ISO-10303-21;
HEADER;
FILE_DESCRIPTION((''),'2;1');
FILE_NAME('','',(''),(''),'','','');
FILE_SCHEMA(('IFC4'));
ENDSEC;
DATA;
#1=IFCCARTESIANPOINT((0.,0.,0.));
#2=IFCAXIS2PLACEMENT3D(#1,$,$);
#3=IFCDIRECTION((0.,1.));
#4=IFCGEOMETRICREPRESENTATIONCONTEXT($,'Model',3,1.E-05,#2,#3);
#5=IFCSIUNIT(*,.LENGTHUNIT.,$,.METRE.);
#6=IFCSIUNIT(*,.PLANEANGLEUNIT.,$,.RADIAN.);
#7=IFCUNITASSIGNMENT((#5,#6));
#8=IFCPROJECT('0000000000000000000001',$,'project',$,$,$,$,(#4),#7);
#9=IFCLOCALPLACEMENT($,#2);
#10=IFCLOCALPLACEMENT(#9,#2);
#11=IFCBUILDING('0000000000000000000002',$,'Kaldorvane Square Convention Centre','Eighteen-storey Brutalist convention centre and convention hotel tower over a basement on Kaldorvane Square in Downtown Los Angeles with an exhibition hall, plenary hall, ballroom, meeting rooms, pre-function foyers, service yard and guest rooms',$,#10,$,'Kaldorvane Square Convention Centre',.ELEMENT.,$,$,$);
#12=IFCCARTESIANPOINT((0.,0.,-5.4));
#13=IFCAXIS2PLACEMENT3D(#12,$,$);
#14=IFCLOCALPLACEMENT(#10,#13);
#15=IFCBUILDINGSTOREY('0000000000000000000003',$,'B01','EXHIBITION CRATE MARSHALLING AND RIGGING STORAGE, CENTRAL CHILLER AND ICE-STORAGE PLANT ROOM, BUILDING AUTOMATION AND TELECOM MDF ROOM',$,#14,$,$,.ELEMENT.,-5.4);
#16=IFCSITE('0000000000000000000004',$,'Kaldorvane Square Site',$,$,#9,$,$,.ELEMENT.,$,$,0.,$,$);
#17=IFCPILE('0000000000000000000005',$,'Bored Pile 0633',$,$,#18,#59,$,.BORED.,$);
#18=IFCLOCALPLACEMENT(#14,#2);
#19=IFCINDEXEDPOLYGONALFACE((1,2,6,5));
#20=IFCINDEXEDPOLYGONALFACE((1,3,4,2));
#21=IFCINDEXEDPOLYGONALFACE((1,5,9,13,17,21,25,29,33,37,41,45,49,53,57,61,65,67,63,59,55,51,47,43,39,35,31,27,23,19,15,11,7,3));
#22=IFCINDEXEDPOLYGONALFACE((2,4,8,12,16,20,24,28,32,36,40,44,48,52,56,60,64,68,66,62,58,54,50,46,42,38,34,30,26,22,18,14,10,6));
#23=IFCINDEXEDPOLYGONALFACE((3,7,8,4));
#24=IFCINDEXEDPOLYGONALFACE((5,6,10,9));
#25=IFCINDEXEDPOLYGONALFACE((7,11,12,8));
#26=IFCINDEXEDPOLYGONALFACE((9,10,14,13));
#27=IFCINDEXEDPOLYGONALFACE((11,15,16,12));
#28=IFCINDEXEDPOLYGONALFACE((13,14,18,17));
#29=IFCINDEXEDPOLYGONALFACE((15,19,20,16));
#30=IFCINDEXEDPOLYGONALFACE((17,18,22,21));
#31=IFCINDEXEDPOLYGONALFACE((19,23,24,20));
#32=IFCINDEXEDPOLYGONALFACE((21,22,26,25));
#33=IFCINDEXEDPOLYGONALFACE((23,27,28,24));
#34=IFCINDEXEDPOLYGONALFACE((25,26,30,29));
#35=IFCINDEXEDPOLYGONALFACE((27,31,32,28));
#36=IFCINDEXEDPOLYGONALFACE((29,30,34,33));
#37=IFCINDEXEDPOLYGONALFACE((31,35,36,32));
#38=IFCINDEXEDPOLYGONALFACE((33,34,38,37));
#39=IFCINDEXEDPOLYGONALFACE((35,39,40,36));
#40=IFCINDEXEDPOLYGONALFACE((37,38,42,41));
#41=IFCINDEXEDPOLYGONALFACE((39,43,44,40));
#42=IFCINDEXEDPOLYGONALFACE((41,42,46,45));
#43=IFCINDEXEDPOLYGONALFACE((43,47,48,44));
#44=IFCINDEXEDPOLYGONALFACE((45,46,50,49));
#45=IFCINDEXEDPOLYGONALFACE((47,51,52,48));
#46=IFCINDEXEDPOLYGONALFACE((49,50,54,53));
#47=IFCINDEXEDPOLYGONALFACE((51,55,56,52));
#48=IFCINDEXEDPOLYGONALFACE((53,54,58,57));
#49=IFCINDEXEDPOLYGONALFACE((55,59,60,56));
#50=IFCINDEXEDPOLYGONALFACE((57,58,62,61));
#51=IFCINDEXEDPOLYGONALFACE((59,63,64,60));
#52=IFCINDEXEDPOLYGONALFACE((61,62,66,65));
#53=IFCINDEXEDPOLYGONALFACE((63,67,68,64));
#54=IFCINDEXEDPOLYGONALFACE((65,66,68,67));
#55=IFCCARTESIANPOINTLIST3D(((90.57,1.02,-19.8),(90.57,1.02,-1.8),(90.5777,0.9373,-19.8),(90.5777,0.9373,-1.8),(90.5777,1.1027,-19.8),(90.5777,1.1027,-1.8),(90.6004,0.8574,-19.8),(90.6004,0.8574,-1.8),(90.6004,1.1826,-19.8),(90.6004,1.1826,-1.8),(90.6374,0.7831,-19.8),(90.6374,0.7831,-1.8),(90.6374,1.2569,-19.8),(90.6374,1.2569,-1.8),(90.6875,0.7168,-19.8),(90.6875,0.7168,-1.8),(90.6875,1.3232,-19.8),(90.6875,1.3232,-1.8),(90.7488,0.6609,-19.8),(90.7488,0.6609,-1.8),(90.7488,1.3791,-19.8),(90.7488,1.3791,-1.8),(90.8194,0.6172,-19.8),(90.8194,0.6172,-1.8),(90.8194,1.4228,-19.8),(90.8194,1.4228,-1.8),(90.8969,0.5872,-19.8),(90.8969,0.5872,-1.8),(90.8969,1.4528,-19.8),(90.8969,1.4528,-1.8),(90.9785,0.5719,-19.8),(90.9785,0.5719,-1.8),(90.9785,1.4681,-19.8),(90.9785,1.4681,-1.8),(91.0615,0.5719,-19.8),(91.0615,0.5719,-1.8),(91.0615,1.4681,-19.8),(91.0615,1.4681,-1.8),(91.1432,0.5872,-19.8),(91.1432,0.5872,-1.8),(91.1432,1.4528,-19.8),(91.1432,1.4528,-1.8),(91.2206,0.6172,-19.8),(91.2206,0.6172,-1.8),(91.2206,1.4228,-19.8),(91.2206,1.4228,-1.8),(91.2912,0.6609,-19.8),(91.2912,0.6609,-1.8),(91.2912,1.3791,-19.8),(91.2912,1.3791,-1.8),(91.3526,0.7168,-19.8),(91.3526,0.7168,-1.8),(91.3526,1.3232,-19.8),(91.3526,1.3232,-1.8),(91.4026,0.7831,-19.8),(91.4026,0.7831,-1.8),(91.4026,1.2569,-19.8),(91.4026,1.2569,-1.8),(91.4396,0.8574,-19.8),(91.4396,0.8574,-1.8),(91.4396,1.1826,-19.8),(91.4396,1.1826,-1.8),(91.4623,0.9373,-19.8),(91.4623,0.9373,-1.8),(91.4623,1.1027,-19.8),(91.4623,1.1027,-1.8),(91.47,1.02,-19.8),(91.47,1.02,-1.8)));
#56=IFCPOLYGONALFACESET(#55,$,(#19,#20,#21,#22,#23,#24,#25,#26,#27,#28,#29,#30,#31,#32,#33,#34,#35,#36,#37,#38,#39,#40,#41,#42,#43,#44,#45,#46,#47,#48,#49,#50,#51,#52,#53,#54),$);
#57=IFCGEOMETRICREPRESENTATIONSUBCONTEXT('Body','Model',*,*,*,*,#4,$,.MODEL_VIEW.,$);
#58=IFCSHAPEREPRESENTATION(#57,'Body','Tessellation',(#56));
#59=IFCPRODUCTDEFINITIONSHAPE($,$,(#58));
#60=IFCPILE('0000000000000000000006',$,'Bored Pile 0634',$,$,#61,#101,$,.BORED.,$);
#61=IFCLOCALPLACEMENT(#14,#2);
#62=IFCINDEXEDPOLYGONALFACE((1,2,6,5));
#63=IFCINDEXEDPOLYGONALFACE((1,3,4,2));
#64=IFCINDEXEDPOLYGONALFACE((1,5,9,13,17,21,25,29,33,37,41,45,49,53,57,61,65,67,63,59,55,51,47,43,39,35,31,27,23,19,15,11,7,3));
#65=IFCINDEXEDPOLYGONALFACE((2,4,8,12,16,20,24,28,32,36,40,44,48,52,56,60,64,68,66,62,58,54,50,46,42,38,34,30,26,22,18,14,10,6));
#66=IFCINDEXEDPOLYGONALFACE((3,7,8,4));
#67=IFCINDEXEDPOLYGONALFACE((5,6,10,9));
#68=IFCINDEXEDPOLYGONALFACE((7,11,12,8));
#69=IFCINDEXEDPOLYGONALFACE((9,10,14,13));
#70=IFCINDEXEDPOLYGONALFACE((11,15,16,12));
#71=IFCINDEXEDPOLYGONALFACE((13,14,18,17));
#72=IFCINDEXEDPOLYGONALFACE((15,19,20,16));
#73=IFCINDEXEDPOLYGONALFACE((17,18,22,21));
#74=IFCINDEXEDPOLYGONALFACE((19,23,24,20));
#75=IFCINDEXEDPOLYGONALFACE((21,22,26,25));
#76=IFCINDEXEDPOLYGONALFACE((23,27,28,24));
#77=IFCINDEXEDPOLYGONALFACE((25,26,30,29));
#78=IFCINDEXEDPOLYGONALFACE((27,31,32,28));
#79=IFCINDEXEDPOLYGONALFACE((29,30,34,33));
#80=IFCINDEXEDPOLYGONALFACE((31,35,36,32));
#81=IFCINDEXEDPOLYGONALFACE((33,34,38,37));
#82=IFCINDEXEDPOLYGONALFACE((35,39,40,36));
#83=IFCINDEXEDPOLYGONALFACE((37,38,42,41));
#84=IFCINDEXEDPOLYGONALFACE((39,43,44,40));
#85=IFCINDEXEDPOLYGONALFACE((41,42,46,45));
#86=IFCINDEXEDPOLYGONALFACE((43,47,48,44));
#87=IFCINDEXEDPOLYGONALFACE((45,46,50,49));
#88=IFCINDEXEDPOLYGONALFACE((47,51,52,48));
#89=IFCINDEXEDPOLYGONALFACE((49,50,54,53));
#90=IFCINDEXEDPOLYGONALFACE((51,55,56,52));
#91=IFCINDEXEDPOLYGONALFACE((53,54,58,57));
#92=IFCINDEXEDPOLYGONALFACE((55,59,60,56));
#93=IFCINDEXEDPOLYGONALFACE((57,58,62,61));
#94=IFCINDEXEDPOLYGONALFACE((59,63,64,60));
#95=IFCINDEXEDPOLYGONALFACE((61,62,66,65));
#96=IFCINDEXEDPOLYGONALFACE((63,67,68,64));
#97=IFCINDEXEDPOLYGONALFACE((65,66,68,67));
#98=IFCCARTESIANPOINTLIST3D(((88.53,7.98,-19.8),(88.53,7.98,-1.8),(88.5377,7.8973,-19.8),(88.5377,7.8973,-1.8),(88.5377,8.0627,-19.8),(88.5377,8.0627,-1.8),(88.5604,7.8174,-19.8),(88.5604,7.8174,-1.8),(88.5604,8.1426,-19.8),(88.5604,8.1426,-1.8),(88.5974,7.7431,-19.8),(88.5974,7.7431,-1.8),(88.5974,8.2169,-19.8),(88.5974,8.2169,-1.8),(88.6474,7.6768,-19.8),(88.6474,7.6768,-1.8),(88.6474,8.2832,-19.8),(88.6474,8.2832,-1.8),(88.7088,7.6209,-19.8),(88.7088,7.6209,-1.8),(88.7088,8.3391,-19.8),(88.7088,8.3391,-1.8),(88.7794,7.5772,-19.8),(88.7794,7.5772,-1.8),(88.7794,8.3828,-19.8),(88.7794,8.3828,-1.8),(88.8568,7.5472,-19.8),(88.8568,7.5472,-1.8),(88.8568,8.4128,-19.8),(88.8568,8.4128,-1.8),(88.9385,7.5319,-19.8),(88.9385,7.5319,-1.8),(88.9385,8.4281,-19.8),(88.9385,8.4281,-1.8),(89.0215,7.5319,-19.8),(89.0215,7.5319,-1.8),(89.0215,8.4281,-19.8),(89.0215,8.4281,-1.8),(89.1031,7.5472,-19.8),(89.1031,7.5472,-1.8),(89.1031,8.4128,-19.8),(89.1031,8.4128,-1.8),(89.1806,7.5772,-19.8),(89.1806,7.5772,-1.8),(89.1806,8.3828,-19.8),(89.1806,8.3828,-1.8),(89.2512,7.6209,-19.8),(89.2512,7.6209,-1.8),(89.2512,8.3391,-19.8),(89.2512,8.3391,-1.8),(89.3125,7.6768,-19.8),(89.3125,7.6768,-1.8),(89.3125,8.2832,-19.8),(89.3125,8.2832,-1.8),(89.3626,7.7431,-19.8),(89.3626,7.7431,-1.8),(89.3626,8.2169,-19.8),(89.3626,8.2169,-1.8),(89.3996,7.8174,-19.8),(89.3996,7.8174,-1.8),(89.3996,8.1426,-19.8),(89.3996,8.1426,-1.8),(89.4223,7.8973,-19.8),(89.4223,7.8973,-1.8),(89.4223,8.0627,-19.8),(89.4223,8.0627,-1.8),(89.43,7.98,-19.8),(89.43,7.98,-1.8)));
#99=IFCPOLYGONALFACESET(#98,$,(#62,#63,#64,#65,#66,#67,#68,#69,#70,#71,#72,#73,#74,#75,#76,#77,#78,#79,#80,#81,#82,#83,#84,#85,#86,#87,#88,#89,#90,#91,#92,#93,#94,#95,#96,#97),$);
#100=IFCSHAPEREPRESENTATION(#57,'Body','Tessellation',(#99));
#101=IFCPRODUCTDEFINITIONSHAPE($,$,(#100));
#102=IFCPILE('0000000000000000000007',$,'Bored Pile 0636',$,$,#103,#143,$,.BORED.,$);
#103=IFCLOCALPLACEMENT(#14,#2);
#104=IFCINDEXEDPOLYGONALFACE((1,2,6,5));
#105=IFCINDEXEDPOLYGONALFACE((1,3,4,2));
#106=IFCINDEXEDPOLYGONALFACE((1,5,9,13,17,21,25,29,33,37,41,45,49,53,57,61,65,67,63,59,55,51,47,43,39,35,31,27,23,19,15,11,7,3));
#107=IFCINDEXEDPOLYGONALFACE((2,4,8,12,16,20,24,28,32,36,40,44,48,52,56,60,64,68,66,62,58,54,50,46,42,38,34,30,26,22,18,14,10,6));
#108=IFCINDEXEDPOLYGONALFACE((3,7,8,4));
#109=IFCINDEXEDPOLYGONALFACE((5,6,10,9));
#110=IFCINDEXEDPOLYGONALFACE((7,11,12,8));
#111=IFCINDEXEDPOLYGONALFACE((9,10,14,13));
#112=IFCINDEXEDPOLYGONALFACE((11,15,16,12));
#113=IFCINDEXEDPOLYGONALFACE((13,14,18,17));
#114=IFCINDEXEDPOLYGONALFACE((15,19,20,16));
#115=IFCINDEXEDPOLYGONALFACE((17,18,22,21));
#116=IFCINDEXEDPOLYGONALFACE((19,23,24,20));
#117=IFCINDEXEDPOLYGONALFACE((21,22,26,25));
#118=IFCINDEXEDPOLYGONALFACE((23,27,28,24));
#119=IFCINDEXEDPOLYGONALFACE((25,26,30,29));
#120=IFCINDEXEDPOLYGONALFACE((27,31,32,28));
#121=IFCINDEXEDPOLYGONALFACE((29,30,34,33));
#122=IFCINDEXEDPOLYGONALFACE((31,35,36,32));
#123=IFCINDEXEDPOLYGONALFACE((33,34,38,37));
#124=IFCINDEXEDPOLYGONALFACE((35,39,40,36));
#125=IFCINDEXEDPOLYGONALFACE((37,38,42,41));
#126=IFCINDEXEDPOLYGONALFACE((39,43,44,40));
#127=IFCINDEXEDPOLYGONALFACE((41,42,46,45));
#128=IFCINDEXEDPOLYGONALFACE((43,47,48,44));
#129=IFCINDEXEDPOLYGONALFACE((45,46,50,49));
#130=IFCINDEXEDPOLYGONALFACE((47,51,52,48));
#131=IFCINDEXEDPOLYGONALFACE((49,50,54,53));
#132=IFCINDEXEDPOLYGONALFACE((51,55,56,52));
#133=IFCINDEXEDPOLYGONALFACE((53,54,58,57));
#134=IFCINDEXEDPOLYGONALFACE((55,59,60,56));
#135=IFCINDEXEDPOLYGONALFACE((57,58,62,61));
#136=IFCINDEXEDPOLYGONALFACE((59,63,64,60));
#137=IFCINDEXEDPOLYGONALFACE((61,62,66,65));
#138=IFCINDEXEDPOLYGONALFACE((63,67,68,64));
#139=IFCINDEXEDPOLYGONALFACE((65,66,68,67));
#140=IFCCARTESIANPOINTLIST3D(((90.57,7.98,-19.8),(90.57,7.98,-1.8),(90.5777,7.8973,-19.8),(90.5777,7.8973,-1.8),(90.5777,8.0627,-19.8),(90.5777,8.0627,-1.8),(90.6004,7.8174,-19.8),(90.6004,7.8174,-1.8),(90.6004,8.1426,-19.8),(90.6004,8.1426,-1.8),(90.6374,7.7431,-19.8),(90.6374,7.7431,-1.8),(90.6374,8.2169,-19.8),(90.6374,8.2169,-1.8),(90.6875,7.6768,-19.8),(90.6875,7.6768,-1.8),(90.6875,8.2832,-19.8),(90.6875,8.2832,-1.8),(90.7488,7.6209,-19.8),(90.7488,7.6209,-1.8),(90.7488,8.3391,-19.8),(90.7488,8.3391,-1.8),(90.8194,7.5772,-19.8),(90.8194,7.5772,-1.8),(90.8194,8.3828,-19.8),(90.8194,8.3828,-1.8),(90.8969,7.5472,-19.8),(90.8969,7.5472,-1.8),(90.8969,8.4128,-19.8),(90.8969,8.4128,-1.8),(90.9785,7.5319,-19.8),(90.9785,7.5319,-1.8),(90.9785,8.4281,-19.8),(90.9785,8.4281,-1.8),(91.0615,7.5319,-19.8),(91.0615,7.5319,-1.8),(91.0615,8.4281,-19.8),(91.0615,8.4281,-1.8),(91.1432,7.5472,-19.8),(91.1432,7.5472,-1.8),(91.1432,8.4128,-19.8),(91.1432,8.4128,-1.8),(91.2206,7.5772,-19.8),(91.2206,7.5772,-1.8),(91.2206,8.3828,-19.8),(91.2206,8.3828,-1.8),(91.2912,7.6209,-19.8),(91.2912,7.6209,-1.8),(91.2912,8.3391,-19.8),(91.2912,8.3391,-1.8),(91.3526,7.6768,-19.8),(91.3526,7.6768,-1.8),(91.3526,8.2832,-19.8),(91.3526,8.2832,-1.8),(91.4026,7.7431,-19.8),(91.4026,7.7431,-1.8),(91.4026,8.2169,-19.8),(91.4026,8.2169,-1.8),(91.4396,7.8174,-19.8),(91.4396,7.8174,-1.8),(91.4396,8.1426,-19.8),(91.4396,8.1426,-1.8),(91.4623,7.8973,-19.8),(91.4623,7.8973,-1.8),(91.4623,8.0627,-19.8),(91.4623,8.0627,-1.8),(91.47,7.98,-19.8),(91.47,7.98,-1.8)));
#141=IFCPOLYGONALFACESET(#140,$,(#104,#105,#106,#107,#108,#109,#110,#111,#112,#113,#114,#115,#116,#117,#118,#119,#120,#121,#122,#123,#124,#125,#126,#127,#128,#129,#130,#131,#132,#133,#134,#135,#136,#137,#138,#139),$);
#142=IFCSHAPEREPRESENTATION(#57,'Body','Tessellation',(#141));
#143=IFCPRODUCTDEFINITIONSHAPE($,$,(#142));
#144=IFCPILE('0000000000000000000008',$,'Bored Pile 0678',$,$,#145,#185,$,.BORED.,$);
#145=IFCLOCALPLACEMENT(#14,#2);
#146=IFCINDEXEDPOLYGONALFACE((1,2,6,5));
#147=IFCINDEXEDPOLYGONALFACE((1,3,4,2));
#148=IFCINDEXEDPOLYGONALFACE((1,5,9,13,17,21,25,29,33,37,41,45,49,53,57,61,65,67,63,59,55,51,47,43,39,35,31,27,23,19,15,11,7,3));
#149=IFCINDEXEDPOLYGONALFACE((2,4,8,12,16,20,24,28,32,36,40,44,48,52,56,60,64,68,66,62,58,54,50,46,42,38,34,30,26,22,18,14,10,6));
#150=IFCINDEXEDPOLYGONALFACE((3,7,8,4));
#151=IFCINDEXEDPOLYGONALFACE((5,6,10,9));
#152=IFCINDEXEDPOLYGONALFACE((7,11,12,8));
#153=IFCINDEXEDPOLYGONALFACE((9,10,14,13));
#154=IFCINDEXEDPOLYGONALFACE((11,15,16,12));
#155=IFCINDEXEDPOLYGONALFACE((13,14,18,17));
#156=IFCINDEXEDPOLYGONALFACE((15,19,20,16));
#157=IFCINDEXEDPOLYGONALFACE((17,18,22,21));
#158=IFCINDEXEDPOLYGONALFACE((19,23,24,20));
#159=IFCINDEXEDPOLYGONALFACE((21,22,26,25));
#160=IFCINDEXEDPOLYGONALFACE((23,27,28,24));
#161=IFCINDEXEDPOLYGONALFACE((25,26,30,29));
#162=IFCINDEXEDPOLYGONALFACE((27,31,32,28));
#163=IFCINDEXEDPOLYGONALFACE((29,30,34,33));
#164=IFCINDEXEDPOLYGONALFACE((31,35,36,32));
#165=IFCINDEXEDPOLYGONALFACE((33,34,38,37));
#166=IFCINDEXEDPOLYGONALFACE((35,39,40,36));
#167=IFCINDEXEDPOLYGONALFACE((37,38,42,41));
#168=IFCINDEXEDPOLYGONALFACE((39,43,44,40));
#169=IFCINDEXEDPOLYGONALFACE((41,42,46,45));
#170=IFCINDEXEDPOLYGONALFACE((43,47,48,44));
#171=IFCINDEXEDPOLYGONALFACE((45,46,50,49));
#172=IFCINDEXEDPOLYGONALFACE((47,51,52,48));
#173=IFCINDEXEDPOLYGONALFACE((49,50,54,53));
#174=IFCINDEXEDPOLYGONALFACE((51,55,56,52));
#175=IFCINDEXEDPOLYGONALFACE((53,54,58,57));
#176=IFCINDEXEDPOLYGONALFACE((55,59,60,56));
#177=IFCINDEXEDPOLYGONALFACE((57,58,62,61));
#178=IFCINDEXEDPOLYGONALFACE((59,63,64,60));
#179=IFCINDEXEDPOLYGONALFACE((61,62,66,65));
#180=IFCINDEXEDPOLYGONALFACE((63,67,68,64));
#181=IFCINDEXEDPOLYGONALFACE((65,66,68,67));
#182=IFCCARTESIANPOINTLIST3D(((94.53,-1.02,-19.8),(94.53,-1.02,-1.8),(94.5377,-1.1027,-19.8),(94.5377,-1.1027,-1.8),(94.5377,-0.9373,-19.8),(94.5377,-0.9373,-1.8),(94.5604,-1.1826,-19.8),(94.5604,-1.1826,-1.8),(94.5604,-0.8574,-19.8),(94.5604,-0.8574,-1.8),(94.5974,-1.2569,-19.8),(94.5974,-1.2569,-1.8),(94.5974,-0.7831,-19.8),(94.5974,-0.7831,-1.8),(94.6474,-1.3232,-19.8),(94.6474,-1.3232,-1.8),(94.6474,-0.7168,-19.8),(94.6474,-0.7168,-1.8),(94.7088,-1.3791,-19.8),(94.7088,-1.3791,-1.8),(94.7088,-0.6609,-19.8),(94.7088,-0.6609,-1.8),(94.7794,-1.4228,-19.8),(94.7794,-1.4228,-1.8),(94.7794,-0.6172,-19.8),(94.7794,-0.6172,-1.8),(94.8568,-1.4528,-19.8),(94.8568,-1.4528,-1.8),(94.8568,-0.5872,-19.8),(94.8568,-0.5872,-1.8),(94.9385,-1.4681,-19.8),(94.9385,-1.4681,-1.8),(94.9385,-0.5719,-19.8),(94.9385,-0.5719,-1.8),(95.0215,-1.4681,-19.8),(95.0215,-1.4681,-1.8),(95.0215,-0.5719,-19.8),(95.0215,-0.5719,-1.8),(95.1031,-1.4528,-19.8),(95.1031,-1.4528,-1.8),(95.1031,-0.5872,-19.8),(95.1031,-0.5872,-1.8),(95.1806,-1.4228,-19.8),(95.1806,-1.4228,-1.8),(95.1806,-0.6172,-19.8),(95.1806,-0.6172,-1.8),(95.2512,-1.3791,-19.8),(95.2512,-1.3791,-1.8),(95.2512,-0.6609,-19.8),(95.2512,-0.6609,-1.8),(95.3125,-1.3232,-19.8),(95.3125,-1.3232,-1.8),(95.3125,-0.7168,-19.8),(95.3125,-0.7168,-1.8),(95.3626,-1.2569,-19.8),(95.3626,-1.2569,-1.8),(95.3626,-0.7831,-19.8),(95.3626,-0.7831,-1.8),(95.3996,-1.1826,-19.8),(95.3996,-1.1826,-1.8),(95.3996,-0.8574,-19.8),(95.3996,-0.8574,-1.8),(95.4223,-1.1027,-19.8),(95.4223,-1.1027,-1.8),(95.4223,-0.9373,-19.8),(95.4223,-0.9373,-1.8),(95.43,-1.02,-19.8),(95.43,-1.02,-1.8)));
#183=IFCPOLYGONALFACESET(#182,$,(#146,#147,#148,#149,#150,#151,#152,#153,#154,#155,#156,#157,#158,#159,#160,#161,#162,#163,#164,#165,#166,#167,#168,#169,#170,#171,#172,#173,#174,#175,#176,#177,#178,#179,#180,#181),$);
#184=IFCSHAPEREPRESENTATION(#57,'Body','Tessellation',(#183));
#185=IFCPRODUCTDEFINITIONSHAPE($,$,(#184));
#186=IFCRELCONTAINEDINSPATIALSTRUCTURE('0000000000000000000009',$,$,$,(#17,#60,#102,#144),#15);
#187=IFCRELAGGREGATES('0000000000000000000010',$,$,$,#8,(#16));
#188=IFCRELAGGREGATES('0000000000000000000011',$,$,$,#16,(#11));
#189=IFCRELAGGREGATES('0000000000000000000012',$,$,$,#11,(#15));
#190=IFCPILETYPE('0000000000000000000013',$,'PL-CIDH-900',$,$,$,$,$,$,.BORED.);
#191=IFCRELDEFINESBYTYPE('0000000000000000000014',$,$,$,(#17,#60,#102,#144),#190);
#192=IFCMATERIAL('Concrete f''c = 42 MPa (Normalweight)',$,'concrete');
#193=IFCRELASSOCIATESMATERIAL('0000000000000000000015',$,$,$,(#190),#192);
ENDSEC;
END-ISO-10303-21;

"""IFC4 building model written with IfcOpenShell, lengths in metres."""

from ifc_helpers import new_model, si_unit, direction, frame, origin, origin_2d, place, context, subcontext, project, spatial, circle, extrude, material, material_profile, profile_set, type_object, element, save


model = new_model("IFC4")

# Units and contexts
model_context = context("Model", 3, precision=1e-05, world=origin(), true_north=direction((0.0, 1.0)))
body_context = subcontext(model_context, "Body", "Model", "MODEL_VIEW")
ifc_project = project(units=[si_unit("LENGTHUNIT", "METRE"), si_unit("PLANEANGLEUNIT", "RADIAN")], contexts=[model_context])

# Site, building, storey
site_placement = place(None, origin())
site = spatial("IfcSite", under=ifc_project, at=site_placement, Name="Kaldorvane Square Site", CompositionType="ELEMENT", RefElevation=0.0)
building_placement = place(site_placement, origin())
building = spatial("IfcBuilding", under=site, at=building_placement, Name="Kaldorvane Square Convention Centre", Description="Eighteen-storey Brutalist convention centre and convention hotel tower over a basement on Kaldorvane Square in Downtown Los Angeles with an exhibition hall, plenary hall, ballroom, meeting rooms, pre-function foyers, service yard and guest rooms", LongName="Kaldorvane Square Convention Centre", CompositionType="ELEMENT")
storey_placement = place(building_placement, frame((0.0, 0.0, -5.4)))
storey = spatial("IfcBuildingStorey", under=building, at=storey_placement, Name="B01", Description="EXHIBITION CRATE MARSHALLING AND RIGGING STORAGE, CENTRAL CHILLER AND ICE-STORAGE PLANT ROOM, BUILDING AUTOMATION AND TELECOM MDF ROOM", CompositionType="ELEMENT", Elevation=-5.4)

# Shared definitions
ifc_material_1 = material(Name="Concrete f'c = 42 MPa (Normalweight)", Category="concrete")

# Piles
ifc_material_profile_1 = material_profile(ifc_material_1, circle(Radius=0.45, at=origin_2d()), Name="PILE-D900")
ifc_profile_set_1 = profile_set([ifc_material_profile_1], Name="Concrete f'c = 42 MPa (Normalweight)")
pile_type = type_object("IfcPileType", Name="PL-CIDH-900", PredefinedType="BORED", material=ifc_profile_set_1)
for number, where, z_axis, x_axis, name in (
    (1, (91.02, 1.02, -1.8), (0.0, 0.0, -1.0), (1.0, 0.0, 0.0), "Bored Pile 0633"),
    (2, (88.98, 7.98, -1.8), (0.0, 0.0, -1.0), (1.0, 0.0, 0.0), "Bored Pile 0634"),
    (3, (91.02, 7.98, -1.8), (0.0, 0.0, -1.0), (1.0, 0.0, 0.0), "Bored Pile 0636"),
    (4, (94.98, -1.02, -1.8), (0.0, 0.0, -1.0), (1.0, 0.0, 0.0), "Bored Pile 0678"),
):
    element("IfcPile", number, at=place(storey_placement, frame(where, z_axis=z_axis, x_axis=x_axis)), inside=storey, type_object=pile_type, Name=name, PredefinedType="BORED", context=body_context, shape_type="SweptSolid", body=[
        extrude(circle(Radius=0.45, at=origin_2d()), origin(), (0.0, 0.0, 1.0), 18.0),
    ])

save(model, "model.ifc")
